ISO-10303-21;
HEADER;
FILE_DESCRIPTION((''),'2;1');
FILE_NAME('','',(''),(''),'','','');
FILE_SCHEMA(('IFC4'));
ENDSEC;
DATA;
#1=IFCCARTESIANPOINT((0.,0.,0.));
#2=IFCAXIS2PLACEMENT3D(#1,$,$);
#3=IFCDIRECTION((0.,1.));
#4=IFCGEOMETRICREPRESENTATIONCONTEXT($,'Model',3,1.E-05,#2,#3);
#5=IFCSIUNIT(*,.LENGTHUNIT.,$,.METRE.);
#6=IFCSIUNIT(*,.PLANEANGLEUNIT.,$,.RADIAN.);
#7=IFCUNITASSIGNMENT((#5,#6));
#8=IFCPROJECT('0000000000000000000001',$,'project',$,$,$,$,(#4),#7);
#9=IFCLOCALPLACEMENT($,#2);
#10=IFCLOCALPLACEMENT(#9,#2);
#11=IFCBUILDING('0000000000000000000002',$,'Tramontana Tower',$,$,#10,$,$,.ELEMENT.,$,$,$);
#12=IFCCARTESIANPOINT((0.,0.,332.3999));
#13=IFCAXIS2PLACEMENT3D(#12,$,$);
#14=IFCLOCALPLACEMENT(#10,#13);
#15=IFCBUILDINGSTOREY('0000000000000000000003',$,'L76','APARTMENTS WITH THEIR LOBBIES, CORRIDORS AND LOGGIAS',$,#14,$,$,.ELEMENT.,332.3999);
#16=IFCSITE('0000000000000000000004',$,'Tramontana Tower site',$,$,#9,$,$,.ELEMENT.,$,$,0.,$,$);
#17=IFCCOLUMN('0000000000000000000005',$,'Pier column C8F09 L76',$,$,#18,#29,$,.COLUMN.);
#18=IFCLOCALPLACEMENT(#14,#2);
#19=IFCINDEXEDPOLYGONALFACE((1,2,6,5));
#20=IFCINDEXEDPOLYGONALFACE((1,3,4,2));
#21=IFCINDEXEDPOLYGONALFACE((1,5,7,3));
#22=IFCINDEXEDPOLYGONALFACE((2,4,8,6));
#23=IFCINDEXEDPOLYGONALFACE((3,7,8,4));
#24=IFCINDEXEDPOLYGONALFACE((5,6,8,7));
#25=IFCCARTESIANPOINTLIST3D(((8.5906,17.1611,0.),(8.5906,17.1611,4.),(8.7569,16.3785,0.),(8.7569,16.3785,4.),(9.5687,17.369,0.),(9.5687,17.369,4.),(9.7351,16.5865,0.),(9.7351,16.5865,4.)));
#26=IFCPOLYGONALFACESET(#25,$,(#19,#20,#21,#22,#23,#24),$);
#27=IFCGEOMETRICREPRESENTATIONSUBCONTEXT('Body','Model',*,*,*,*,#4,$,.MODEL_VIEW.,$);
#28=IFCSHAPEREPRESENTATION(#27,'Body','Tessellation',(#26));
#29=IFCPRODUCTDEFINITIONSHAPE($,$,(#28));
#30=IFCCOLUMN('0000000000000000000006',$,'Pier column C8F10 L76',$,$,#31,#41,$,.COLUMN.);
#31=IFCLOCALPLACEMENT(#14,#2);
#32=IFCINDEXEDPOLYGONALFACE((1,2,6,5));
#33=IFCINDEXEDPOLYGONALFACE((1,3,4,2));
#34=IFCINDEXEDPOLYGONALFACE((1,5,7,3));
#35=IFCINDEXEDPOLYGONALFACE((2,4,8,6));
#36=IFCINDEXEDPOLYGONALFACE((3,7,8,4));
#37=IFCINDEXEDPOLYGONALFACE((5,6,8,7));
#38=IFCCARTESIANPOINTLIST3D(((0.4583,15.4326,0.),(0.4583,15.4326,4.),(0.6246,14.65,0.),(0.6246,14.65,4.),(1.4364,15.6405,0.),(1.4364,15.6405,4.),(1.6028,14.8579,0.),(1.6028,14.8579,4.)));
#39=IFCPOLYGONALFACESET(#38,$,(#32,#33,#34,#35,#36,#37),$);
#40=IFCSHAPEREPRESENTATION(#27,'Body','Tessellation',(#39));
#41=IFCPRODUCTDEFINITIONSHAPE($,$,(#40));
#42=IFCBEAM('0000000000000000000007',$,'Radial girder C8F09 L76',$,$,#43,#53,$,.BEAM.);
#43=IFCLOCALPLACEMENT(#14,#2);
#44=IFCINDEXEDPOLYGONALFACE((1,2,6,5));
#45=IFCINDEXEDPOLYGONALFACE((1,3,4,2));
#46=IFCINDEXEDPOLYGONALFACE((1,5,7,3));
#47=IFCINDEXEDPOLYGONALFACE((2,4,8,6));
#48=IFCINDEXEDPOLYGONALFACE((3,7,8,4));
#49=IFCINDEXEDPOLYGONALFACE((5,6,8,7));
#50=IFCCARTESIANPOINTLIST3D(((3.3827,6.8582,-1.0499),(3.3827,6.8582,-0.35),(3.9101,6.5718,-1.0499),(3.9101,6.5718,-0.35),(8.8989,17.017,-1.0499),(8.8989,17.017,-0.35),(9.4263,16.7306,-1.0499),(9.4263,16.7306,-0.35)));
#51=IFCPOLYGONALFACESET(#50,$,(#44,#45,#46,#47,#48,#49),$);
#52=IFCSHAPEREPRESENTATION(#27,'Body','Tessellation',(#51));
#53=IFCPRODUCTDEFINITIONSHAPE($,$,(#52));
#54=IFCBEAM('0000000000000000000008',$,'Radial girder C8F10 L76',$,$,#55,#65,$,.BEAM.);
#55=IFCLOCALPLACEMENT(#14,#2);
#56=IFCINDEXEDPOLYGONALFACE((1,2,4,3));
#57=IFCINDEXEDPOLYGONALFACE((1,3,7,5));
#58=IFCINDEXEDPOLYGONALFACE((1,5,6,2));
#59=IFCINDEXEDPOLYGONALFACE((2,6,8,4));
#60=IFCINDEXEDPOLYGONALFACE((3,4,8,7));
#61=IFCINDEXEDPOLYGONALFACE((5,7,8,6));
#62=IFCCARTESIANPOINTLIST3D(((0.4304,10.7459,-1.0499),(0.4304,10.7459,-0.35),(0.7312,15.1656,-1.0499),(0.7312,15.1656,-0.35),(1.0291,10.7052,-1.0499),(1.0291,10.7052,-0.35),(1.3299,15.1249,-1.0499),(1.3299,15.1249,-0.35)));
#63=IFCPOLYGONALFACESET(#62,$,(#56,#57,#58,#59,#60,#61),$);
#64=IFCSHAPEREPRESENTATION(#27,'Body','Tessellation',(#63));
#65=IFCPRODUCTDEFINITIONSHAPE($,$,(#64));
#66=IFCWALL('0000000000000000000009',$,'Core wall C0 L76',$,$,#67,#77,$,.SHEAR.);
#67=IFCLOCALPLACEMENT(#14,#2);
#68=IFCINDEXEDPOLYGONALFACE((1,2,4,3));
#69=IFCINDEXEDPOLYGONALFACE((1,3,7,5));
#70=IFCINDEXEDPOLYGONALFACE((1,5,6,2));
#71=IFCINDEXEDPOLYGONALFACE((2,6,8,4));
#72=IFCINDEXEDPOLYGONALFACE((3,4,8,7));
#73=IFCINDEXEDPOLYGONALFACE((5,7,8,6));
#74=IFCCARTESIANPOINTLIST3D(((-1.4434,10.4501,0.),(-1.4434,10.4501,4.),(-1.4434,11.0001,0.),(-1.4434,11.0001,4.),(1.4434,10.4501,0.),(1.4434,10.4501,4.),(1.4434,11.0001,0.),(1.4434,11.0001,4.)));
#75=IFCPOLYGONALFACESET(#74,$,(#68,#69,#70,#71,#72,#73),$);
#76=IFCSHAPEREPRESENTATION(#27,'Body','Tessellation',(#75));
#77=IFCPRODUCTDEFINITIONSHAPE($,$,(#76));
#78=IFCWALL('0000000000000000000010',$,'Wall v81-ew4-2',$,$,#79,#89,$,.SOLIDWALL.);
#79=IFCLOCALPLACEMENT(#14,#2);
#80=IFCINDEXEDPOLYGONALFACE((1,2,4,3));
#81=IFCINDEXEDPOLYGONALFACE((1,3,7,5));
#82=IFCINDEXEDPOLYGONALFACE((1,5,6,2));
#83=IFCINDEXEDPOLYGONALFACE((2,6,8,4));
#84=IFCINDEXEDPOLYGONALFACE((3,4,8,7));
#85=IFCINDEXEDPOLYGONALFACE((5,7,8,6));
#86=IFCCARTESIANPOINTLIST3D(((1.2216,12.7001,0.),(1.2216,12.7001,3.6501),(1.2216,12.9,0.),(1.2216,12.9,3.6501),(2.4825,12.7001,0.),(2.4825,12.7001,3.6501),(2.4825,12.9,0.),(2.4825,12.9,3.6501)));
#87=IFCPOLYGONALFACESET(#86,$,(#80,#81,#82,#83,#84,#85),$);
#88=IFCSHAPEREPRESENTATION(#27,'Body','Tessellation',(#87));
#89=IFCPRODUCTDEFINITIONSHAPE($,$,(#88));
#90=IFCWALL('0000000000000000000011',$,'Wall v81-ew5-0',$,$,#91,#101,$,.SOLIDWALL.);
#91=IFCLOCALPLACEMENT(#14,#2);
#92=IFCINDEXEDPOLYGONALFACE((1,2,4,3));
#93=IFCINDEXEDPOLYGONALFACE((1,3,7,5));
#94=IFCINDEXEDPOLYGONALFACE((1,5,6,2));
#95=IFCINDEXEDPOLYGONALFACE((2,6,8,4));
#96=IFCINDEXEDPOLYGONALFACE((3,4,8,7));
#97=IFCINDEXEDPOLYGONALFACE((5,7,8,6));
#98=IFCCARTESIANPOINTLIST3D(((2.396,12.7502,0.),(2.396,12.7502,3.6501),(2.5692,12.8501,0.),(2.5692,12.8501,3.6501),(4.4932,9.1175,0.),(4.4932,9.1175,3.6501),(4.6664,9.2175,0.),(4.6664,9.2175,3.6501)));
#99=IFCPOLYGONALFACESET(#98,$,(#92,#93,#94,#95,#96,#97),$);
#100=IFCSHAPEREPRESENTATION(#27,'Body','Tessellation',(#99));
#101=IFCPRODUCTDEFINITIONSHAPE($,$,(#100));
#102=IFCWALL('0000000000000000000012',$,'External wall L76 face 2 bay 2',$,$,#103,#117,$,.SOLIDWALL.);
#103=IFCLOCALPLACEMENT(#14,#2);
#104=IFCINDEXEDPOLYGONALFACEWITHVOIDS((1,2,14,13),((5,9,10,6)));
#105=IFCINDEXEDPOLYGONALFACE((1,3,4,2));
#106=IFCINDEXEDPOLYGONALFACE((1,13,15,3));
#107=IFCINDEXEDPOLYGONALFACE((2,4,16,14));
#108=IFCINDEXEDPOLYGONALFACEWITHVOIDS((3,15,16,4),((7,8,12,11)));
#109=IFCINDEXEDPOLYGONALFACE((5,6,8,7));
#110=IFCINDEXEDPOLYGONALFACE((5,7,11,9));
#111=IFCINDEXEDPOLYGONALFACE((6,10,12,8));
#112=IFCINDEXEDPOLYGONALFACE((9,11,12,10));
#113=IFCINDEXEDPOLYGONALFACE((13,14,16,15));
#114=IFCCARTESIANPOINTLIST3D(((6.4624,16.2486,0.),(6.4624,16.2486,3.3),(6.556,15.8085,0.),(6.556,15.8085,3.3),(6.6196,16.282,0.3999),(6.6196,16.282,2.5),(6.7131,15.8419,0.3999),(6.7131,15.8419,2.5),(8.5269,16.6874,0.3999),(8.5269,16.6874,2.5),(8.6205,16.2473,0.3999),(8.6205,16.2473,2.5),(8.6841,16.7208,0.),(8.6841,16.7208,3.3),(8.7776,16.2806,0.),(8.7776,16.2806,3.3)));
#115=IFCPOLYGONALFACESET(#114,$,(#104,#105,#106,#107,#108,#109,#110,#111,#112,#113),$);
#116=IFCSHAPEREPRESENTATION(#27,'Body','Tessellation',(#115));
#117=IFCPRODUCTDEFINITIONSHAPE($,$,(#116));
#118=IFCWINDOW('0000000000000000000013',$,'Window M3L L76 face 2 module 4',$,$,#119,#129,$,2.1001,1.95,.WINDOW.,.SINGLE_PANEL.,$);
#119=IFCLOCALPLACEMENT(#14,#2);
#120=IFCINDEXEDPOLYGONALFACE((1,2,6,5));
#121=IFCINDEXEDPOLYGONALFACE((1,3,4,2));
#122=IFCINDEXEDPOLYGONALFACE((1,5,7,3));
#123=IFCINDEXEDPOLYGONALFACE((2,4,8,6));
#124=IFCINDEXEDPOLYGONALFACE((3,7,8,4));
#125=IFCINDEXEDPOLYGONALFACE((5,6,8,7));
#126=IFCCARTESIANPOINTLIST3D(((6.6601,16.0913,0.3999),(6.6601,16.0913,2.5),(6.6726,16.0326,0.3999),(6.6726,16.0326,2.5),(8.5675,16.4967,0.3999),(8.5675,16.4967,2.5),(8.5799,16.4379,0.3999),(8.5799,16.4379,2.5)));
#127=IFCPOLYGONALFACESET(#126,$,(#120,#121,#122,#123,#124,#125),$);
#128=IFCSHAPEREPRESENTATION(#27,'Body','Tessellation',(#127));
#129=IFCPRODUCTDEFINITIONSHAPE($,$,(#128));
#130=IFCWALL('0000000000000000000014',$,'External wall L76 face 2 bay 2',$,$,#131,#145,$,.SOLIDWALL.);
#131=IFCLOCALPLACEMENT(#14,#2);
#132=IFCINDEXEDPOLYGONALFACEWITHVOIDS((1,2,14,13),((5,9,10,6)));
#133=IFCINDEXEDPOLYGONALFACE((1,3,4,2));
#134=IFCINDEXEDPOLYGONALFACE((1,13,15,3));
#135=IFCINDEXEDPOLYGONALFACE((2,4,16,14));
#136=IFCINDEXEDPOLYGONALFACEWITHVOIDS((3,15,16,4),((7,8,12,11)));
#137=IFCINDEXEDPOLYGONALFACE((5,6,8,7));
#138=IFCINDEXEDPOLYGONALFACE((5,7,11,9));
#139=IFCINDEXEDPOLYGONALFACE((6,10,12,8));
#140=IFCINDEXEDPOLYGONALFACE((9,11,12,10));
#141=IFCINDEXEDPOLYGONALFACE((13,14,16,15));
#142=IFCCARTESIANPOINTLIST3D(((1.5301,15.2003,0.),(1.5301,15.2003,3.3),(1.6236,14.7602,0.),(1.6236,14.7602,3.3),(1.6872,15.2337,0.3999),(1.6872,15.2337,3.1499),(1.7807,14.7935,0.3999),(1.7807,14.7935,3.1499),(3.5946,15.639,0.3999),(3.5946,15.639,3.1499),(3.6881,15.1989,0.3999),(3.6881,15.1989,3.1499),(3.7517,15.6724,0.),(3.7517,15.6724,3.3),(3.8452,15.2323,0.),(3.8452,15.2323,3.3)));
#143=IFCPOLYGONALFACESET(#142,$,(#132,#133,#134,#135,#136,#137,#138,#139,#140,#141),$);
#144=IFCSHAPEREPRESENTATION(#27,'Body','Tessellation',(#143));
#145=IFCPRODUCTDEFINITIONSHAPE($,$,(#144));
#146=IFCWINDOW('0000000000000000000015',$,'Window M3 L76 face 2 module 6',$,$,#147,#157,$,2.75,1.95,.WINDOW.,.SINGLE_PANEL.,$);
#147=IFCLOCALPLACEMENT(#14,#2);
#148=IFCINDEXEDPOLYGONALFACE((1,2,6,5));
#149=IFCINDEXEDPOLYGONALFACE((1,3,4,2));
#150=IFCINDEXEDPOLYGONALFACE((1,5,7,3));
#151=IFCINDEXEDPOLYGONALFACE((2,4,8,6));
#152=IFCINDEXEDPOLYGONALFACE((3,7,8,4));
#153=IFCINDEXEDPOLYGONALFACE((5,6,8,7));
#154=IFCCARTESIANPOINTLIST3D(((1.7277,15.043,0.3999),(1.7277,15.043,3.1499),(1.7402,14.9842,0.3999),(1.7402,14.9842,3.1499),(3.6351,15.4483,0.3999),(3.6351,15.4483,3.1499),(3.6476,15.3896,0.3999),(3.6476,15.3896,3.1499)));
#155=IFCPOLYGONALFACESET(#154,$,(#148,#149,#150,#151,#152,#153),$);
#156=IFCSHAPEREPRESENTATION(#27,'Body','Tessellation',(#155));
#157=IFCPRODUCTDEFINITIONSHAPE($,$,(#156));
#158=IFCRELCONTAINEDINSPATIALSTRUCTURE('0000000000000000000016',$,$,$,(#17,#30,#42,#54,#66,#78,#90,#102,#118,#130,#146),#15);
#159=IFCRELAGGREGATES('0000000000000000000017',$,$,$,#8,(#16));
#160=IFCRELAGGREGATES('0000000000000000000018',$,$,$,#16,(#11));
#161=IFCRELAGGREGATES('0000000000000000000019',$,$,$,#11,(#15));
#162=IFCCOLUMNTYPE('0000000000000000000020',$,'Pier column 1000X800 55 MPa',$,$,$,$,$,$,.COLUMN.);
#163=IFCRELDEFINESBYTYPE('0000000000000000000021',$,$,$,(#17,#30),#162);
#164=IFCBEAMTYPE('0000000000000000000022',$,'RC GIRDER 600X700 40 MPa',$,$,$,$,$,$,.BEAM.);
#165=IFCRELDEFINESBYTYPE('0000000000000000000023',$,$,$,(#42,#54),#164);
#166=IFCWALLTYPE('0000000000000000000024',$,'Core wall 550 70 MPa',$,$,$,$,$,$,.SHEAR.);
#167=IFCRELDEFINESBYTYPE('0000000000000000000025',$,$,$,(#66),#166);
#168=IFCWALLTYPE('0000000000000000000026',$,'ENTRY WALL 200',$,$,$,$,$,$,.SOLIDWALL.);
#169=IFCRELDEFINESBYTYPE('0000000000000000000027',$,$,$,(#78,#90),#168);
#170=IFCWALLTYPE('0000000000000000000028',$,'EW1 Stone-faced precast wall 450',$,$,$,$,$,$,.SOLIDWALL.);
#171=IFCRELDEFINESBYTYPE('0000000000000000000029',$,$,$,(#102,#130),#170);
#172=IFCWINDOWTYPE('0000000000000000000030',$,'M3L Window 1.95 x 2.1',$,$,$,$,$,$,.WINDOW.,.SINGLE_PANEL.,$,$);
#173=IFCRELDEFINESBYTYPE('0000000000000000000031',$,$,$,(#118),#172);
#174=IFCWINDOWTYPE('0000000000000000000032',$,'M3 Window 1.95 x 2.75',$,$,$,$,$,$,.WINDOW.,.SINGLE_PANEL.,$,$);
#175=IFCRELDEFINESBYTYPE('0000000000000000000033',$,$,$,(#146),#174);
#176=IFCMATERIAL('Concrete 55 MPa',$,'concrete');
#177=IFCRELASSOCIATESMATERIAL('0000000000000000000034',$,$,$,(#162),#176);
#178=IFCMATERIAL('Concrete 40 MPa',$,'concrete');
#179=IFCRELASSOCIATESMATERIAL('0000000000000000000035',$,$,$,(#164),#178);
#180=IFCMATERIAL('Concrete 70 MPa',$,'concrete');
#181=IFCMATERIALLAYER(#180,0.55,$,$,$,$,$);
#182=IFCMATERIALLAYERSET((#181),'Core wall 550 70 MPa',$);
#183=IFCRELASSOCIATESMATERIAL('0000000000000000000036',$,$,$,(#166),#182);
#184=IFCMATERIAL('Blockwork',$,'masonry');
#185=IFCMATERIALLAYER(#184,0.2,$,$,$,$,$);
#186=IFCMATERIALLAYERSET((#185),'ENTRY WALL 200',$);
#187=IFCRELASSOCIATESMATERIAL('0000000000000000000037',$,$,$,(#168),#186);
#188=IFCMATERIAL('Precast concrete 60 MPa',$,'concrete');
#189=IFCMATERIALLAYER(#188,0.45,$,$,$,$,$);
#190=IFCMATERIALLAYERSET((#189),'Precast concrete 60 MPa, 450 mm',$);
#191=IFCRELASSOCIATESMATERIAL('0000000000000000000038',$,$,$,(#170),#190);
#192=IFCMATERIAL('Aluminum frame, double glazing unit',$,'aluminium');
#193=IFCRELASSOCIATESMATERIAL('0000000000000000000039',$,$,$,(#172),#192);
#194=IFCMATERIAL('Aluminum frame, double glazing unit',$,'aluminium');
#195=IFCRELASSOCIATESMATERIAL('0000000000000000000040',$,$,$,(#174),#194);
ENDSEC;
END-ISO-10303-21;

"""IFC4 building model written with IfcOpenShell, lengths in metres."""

from ifc_helpers import new_model, si_unit, direction, frame, frame_2d, origin, origin_2d, place, context, subcontext, project, spatial, rectangle, extrude, material, layer, layer_set, material_profile, profile_set, type_object, element, fill, save


model = new_model("IFC4")

# Units and contexts
model_context = context("Model", 3, precision=1e-05, world=origin(), true_north=direction((0.0, 1.0)))
body_context = subcontext(model_context, "Body", "Model", "MODEL_VIEW")
ifc_project = project(units=[si_unit("LENGTHUNIT", "METRE"), si_unit("PLANEANGLEUNIT", "RADIAN")], contexts=[model_context])

# Site, building, storey
site_placement = place(None, origin())
site = spatial("IfcSite", under=ifc_project, at=site_placement, Name="Tramontana Tower site", CompositionType="ELEMENT", RefElevation=0.0)
building_placement = place(site_placement, origin())
building = spatial("IfcBuilding", under=site, at=building_placement, Name="Tramontana Tower", CompositionType="ELEMENT")
storey_placement = place(building_placement, frame((0.0, 0.0, 332.3999)))
storey = spatial("IfcBuildingStorey", under=building, at=storey_placement, Name="L76", Description="APARTMENTS WITH THEIR LOBBIES, CORRIDORS AND LOGGIAS", CompositionType="ELEMENT", Elevation=332.3999)

# Columns
ifc_material_1 = material(Name="Concrete 55 MPa", Category="concrete")
ifc_material_profile_1 = material_profile(ifc_material_1, rectangle(XDim=1.0, YDim=0.8, at=origin_2d()), Name="Pier column 1000X800 55 MPa")
ifc_profile_set_1 = profile_set([ifc_material_profile_1], Name="Concrete 55 MPa")
column_type = type_object("IfcColumnType", Name="Pier column 1000X800 55 MPa", PredefinedType="COLUMN", material=ifc_profile_set_1)
for number, where, z_axis, x_axis, name in (
    (1, (9.1628, 16.8738, 0.0), (0.0, 0.0, 1.0), (-0.978148, -0.207912, 0.0), "Pier column C8F09 L76"),
    (2, (1.0305, 15.1453, 0.0), (0.0, 0.0, 1.0), (-0.978148, -0.207912, 0.0), "Pier column C8F10 L76"),
):
    element("IfcColumn", number, at=place(storey_placement, frame(where, z_axis=z_axis, x_axis=x_axis)), inside=storey, type_object=column_type, Name=name, PredefinedType="COLUMN", context=body_context, shape_type="SweptSolid", body=[
        extrude(rectangle(XDim=1.0, YDim=0.8, at=origin_2d()), origin(), (0.0, 0.0, 1.0), 4.0),
    ])

# Beams
ifc_material_2 = material(Name="Concrete 40 MPa", Category="concrete")
ifc_material_profile_2 = material_profile(ifc_material_2, rectangle(XDim=0.6001, YDim=0.7, at=origin_2d()), Name="RC GIRDER 600X700 40 MPa")
ifc_profile_set_2 = profile_set([ifc_material_profile_2], Name="Concrete 40 MPa")
beam_type = type_object("IfcBeamType", Name="RC GIRDER 600X700 40 MPa", PredefinedType="BEAM", material=ifc_profile_set_2)
beam_1_placement = place(storey_placement, frame((9.1626, 16.8738, -0.7), z_axis=(-0.477185, -0.878803, 0.0), x_axis=(0.878803, -0.477185, 0.0)))
element("IfcBeam", 3, at=beam_1_placement, inside=storey, type_object=beam_type, Name="Radial girder C8F09 L76", PredefinedType="BEAM", context=body_context, shape_type="SweptSolid", body=[
    extrude(rectangle(XDim=0.6001, YDim=0.7, at=origin_2d()), origin(), (0.0, 0.0, 1.0), 11.5598),
])
beam_2_placement = place(storey_placement, frame((1.0305, 15.1453, -0.7), z_axis=(-0.067898, -0.997692, 0.0), x_axis=(0.997692, -0.067898, 0.0)))
element("IfcBeam", 4, at=beam_2_placement, inside=storey, type_object=beam_type, Name="Radial girder C8F10 L76", PredefinedType="BEAM", context=body_context, shape_type="SweptSolid", body=[
    extrude(rectangle(XDim=0.6001, YDim=0.7, at=origin_2d()), origin(), (0.0, 0.0, 1.0), 4.4299),
])

# Walls
ifc_material_3 = material(Name="Concrete 70 MPa", Category="concrete")
ifc_layer_1 = layer(ifc_material_3, 0.55)
ifc_layer_set_1 = layer_set([ifc_layer_1], Name="Core wall 550 70 MPa")
wall_type_1 = type_object("IfcWallType", Name="Core wall 550 70 MPa", PredefinedType="SHEAR", material=ifc_layer_set_1)
wall_1_placement = place(storey_placement, frame((1.4434, 10.7251, 0.0), z_axis=(0.0, 0.0, 1.0), x_axis=(-1.0, 0.0, 0.0)))
element("IfcWall", 5, at=wall_1_placement, inside=storey, type_object=wall_type_1, Name="Core wall C0 L76", PredefinedType="SHEAR", context=body_context, shape_type="SweptSolid", body=[
    extrude(rectangle(XDim=2.8867, YDim=0.55, at=frame_2d((1.4434, 0.0))), origin(), (0.0, 0.0, 1.0), 4.0),
])
ifc_material_4 = material(Name="Blockwork", Category="masonry")
ifc_layer_2 = layer(ifc_material_4, 0.2)
ifc_layer_set_2 = layer_set([ifc_layer_2], Name="ENTRY WALL 200")
wall_type_2 = type_object("IfcWallType", Name="ENTRY WALL 200", PredefinedType="SOLIDWALL", material=ifc_layer_set_2)
wall_2_placement = place(storey_placement, frame((1.2217, 12.8, 0.0), z_axis=(0.0, 0.0, 1.0), x_axis=(1.0, 0.0, 0.0)))
element("IfcWall", 6, at=wall_2_placement, inside=storey, type_object=wall_type_2, Name="Wall v81-ew4-2", PredefinedType="SOLIDWALL", context=body_context, shape_type="SweptSolid", body=[
    extrude(rectangle(XDim=1.261, YDim=0.2, at=frame_2d((0.6304, 0.0))), origin(), (0.0, 0.0, 1.0), 3.6501),
])
wall_3_placement = place(storey_placement, frame((2.4827, 12.8, 0.0), z_axis=(0.0, 0.0, 1.0), x_axis=(0.499983, -0.866035, 0.0)))
element("IfcWall", 7, at=wall_3_placement, inside=storey, type_object=wall_type_2, Name="Wall v81-ew5-0", PredefinedType="SOLIDWALL", context=body_context, shape_type="SweptSolid", body=[
    extrude(rectangle(XDim=4.1946, YDim=0.2, at=frame_2d((2.0972, 0.0))), origin(), (0.0, 0.0, 1.0), 3.6501),
])

# Walls, openings, windows
ifc_material_5 = material(Name="Precast concrete 60 MPa", Category="concrete")
ifc_layer_3 = layer(ifc_material_5, 0.45)
ifc_layer_set_3 = layer_set([ifc_layer_3], Name="Precast concrete 60 MPa, 450 mm")
wall_type_3 = type_object("IfcWallType", Name="EW1 Stone-faced precast wall 450", PredefinedType="SOLIDWALL", material=ifc_layer_set_3)
wall_4_placement = place(storey_placement, frame((8.731, 16.5007, 0.0), z_axis=(0.0, 0.0, 1.0), x_axis=(-0.978153, -0.207884, 0.0)))
wall_4 = element("IfcWall", 8, at=wall_4_placement, inside=storey, type_object=wall_type_3, Name="External wall L76 face 2 bay 2", PredefinedType="SOLIDWALL", context=body_context, shape_type="SweptSolid", body=[
    extrude(rectangle(XDim=2.2712, YDim=0.45, at=frame_2d((1.1357, 0.0))), origin(), (0.0, 0.0, 1.0), 3.3),
])
opening_1_placement = place(wall_4_placement, frame((0.1606, 0.0, 0.3999)))
opening_1 = element("IfcOpeningElement", 9, at=opening_1_placement, cuts=wall_4, PredefinedType="OPENING", context=body_context, shape_type="SweptSolid", body=[
    extrude(rectangle(XDim=1.95, YDim=2.1001, at=frame_2d((0.9751, 1.05))), frame((0.0, 0.2349, 0.0), z_axis=(0.0, -1.0, 0.0), x_axis=(1.0, 0.0, 0.0)), (0.0, 0.0, 1.0), 0.47),
])
ifc_material_6 = material(Name="Aluminum frame, double glazing unit", Category="aluminium")
window_type_1 = type_object("IfcWindowType", Name="M3L Window 1.95 x 2.1", PartitioningType="SINGLE_PANEL", PredefinedType="WINDOW", material=ifc_material_6)
window_1_placement = place(opening_1_placement, origin())
window_1 = element("IfcWindow", 10, at=window_1_placement, inside=storey, type_object=window_type_1, Name="Window M3L L76 face 2 module 4", OverallHeight=2.1001, OverallWidth=1.95, PartitioningType="SINGLE_PANEL", PredefinedType="WINDOW", context=body_context, shape_type="SweptSolid", body=[
    extrude(rectangle(XDim=1.95, YDim=2.1001, at=frame_2d((0.9751, 1.05))), frame((0.0, 0.03, 0.0), z_axis=(0.0, -1.0, 0.0), x_axis=(1.0, 0.0, 0.0)), (0.0, 0.0, 1.0), 0.0601),
])
fill(opening_1, window_1)
wall_5_placement = place(storey_placement, frame((3.7986, 15.4524, 0.0), z_axis=(0.0, 0.0, 1.0), x_axis=(-0.978153, -0.207884, 0.0)))
wall_5 = element("IfcWall", 11, at=wall_5_placement, inside=storey, type_object=wall_type_3, Name="External wall L76 face 2 bay 2", PredefinedType="SOLIDWALL", context=body_context, shape_type="SweptSolid", body=[
    extrude(rectangle(XDim=2.2712, YDim=0.45, at=frame_2d((1.1357, 0.0))), origin(), (0.0, 0.0, 1.0), 3.3),
])
opening_2_placement = place(wall_5_placement, frame((0.1606, 0.0, 0.3999)))
opening_2 = element("IfcOpeningElement", 12, at=opening_2_placement, cuts=wall_5, PredefinedType="OPENING", context=body_context, shape_type="SweptSolid", body=[
    extrude(rectangle(XDim=1.95, YDim=2.75, at=frame_2d((0.9751, 1.375))), frame((0.0, 0.2349, 0.0), z_axis=(0.0, -1.0, 0.0), x_axis=(1.0, 0.0, 0.0)), (0.0, 0.0, 1.0), 0.47),
])
ifc_material_7 = material(Name="Aluminum frame, double glazing unit", Category="aluminium")
window_type_2 = type_object("IfcWindowType", Name="M3 Window 1.95 x 2.75", PartitioningType="SINGLE_PANEL", PredefinedType="WINDOW", material=ifc_material_7)
window_2_placement = place(opening_2_placement, origin())
window_2 = element("IfcWindow", 13, at=window_2_placement, inside=storey, type_object=window_type_2, Name="Window M3 L76 face 2 module 6", OverallHeight=2.75, OverallWidth=1.95, PartitioningType="SINGLE_PANEL", PredefinedType="WINDOW", context=body_context, shape_type="SweptSolid", body=[
    extrude(rectangle(XDim=1.95, YDim=2.75, at=frame_2d((0.9751, 1.375))), frame((0.0, 0.03, 0.0), z_axis=(0.0, -1.0, 0.0), x_axis=(1.0, 0.0, 0.0)), (0.0, 0.0, 1.0), 0.0601),
])
fill(opening_2, window_2)

save(model, "model.ifc")
